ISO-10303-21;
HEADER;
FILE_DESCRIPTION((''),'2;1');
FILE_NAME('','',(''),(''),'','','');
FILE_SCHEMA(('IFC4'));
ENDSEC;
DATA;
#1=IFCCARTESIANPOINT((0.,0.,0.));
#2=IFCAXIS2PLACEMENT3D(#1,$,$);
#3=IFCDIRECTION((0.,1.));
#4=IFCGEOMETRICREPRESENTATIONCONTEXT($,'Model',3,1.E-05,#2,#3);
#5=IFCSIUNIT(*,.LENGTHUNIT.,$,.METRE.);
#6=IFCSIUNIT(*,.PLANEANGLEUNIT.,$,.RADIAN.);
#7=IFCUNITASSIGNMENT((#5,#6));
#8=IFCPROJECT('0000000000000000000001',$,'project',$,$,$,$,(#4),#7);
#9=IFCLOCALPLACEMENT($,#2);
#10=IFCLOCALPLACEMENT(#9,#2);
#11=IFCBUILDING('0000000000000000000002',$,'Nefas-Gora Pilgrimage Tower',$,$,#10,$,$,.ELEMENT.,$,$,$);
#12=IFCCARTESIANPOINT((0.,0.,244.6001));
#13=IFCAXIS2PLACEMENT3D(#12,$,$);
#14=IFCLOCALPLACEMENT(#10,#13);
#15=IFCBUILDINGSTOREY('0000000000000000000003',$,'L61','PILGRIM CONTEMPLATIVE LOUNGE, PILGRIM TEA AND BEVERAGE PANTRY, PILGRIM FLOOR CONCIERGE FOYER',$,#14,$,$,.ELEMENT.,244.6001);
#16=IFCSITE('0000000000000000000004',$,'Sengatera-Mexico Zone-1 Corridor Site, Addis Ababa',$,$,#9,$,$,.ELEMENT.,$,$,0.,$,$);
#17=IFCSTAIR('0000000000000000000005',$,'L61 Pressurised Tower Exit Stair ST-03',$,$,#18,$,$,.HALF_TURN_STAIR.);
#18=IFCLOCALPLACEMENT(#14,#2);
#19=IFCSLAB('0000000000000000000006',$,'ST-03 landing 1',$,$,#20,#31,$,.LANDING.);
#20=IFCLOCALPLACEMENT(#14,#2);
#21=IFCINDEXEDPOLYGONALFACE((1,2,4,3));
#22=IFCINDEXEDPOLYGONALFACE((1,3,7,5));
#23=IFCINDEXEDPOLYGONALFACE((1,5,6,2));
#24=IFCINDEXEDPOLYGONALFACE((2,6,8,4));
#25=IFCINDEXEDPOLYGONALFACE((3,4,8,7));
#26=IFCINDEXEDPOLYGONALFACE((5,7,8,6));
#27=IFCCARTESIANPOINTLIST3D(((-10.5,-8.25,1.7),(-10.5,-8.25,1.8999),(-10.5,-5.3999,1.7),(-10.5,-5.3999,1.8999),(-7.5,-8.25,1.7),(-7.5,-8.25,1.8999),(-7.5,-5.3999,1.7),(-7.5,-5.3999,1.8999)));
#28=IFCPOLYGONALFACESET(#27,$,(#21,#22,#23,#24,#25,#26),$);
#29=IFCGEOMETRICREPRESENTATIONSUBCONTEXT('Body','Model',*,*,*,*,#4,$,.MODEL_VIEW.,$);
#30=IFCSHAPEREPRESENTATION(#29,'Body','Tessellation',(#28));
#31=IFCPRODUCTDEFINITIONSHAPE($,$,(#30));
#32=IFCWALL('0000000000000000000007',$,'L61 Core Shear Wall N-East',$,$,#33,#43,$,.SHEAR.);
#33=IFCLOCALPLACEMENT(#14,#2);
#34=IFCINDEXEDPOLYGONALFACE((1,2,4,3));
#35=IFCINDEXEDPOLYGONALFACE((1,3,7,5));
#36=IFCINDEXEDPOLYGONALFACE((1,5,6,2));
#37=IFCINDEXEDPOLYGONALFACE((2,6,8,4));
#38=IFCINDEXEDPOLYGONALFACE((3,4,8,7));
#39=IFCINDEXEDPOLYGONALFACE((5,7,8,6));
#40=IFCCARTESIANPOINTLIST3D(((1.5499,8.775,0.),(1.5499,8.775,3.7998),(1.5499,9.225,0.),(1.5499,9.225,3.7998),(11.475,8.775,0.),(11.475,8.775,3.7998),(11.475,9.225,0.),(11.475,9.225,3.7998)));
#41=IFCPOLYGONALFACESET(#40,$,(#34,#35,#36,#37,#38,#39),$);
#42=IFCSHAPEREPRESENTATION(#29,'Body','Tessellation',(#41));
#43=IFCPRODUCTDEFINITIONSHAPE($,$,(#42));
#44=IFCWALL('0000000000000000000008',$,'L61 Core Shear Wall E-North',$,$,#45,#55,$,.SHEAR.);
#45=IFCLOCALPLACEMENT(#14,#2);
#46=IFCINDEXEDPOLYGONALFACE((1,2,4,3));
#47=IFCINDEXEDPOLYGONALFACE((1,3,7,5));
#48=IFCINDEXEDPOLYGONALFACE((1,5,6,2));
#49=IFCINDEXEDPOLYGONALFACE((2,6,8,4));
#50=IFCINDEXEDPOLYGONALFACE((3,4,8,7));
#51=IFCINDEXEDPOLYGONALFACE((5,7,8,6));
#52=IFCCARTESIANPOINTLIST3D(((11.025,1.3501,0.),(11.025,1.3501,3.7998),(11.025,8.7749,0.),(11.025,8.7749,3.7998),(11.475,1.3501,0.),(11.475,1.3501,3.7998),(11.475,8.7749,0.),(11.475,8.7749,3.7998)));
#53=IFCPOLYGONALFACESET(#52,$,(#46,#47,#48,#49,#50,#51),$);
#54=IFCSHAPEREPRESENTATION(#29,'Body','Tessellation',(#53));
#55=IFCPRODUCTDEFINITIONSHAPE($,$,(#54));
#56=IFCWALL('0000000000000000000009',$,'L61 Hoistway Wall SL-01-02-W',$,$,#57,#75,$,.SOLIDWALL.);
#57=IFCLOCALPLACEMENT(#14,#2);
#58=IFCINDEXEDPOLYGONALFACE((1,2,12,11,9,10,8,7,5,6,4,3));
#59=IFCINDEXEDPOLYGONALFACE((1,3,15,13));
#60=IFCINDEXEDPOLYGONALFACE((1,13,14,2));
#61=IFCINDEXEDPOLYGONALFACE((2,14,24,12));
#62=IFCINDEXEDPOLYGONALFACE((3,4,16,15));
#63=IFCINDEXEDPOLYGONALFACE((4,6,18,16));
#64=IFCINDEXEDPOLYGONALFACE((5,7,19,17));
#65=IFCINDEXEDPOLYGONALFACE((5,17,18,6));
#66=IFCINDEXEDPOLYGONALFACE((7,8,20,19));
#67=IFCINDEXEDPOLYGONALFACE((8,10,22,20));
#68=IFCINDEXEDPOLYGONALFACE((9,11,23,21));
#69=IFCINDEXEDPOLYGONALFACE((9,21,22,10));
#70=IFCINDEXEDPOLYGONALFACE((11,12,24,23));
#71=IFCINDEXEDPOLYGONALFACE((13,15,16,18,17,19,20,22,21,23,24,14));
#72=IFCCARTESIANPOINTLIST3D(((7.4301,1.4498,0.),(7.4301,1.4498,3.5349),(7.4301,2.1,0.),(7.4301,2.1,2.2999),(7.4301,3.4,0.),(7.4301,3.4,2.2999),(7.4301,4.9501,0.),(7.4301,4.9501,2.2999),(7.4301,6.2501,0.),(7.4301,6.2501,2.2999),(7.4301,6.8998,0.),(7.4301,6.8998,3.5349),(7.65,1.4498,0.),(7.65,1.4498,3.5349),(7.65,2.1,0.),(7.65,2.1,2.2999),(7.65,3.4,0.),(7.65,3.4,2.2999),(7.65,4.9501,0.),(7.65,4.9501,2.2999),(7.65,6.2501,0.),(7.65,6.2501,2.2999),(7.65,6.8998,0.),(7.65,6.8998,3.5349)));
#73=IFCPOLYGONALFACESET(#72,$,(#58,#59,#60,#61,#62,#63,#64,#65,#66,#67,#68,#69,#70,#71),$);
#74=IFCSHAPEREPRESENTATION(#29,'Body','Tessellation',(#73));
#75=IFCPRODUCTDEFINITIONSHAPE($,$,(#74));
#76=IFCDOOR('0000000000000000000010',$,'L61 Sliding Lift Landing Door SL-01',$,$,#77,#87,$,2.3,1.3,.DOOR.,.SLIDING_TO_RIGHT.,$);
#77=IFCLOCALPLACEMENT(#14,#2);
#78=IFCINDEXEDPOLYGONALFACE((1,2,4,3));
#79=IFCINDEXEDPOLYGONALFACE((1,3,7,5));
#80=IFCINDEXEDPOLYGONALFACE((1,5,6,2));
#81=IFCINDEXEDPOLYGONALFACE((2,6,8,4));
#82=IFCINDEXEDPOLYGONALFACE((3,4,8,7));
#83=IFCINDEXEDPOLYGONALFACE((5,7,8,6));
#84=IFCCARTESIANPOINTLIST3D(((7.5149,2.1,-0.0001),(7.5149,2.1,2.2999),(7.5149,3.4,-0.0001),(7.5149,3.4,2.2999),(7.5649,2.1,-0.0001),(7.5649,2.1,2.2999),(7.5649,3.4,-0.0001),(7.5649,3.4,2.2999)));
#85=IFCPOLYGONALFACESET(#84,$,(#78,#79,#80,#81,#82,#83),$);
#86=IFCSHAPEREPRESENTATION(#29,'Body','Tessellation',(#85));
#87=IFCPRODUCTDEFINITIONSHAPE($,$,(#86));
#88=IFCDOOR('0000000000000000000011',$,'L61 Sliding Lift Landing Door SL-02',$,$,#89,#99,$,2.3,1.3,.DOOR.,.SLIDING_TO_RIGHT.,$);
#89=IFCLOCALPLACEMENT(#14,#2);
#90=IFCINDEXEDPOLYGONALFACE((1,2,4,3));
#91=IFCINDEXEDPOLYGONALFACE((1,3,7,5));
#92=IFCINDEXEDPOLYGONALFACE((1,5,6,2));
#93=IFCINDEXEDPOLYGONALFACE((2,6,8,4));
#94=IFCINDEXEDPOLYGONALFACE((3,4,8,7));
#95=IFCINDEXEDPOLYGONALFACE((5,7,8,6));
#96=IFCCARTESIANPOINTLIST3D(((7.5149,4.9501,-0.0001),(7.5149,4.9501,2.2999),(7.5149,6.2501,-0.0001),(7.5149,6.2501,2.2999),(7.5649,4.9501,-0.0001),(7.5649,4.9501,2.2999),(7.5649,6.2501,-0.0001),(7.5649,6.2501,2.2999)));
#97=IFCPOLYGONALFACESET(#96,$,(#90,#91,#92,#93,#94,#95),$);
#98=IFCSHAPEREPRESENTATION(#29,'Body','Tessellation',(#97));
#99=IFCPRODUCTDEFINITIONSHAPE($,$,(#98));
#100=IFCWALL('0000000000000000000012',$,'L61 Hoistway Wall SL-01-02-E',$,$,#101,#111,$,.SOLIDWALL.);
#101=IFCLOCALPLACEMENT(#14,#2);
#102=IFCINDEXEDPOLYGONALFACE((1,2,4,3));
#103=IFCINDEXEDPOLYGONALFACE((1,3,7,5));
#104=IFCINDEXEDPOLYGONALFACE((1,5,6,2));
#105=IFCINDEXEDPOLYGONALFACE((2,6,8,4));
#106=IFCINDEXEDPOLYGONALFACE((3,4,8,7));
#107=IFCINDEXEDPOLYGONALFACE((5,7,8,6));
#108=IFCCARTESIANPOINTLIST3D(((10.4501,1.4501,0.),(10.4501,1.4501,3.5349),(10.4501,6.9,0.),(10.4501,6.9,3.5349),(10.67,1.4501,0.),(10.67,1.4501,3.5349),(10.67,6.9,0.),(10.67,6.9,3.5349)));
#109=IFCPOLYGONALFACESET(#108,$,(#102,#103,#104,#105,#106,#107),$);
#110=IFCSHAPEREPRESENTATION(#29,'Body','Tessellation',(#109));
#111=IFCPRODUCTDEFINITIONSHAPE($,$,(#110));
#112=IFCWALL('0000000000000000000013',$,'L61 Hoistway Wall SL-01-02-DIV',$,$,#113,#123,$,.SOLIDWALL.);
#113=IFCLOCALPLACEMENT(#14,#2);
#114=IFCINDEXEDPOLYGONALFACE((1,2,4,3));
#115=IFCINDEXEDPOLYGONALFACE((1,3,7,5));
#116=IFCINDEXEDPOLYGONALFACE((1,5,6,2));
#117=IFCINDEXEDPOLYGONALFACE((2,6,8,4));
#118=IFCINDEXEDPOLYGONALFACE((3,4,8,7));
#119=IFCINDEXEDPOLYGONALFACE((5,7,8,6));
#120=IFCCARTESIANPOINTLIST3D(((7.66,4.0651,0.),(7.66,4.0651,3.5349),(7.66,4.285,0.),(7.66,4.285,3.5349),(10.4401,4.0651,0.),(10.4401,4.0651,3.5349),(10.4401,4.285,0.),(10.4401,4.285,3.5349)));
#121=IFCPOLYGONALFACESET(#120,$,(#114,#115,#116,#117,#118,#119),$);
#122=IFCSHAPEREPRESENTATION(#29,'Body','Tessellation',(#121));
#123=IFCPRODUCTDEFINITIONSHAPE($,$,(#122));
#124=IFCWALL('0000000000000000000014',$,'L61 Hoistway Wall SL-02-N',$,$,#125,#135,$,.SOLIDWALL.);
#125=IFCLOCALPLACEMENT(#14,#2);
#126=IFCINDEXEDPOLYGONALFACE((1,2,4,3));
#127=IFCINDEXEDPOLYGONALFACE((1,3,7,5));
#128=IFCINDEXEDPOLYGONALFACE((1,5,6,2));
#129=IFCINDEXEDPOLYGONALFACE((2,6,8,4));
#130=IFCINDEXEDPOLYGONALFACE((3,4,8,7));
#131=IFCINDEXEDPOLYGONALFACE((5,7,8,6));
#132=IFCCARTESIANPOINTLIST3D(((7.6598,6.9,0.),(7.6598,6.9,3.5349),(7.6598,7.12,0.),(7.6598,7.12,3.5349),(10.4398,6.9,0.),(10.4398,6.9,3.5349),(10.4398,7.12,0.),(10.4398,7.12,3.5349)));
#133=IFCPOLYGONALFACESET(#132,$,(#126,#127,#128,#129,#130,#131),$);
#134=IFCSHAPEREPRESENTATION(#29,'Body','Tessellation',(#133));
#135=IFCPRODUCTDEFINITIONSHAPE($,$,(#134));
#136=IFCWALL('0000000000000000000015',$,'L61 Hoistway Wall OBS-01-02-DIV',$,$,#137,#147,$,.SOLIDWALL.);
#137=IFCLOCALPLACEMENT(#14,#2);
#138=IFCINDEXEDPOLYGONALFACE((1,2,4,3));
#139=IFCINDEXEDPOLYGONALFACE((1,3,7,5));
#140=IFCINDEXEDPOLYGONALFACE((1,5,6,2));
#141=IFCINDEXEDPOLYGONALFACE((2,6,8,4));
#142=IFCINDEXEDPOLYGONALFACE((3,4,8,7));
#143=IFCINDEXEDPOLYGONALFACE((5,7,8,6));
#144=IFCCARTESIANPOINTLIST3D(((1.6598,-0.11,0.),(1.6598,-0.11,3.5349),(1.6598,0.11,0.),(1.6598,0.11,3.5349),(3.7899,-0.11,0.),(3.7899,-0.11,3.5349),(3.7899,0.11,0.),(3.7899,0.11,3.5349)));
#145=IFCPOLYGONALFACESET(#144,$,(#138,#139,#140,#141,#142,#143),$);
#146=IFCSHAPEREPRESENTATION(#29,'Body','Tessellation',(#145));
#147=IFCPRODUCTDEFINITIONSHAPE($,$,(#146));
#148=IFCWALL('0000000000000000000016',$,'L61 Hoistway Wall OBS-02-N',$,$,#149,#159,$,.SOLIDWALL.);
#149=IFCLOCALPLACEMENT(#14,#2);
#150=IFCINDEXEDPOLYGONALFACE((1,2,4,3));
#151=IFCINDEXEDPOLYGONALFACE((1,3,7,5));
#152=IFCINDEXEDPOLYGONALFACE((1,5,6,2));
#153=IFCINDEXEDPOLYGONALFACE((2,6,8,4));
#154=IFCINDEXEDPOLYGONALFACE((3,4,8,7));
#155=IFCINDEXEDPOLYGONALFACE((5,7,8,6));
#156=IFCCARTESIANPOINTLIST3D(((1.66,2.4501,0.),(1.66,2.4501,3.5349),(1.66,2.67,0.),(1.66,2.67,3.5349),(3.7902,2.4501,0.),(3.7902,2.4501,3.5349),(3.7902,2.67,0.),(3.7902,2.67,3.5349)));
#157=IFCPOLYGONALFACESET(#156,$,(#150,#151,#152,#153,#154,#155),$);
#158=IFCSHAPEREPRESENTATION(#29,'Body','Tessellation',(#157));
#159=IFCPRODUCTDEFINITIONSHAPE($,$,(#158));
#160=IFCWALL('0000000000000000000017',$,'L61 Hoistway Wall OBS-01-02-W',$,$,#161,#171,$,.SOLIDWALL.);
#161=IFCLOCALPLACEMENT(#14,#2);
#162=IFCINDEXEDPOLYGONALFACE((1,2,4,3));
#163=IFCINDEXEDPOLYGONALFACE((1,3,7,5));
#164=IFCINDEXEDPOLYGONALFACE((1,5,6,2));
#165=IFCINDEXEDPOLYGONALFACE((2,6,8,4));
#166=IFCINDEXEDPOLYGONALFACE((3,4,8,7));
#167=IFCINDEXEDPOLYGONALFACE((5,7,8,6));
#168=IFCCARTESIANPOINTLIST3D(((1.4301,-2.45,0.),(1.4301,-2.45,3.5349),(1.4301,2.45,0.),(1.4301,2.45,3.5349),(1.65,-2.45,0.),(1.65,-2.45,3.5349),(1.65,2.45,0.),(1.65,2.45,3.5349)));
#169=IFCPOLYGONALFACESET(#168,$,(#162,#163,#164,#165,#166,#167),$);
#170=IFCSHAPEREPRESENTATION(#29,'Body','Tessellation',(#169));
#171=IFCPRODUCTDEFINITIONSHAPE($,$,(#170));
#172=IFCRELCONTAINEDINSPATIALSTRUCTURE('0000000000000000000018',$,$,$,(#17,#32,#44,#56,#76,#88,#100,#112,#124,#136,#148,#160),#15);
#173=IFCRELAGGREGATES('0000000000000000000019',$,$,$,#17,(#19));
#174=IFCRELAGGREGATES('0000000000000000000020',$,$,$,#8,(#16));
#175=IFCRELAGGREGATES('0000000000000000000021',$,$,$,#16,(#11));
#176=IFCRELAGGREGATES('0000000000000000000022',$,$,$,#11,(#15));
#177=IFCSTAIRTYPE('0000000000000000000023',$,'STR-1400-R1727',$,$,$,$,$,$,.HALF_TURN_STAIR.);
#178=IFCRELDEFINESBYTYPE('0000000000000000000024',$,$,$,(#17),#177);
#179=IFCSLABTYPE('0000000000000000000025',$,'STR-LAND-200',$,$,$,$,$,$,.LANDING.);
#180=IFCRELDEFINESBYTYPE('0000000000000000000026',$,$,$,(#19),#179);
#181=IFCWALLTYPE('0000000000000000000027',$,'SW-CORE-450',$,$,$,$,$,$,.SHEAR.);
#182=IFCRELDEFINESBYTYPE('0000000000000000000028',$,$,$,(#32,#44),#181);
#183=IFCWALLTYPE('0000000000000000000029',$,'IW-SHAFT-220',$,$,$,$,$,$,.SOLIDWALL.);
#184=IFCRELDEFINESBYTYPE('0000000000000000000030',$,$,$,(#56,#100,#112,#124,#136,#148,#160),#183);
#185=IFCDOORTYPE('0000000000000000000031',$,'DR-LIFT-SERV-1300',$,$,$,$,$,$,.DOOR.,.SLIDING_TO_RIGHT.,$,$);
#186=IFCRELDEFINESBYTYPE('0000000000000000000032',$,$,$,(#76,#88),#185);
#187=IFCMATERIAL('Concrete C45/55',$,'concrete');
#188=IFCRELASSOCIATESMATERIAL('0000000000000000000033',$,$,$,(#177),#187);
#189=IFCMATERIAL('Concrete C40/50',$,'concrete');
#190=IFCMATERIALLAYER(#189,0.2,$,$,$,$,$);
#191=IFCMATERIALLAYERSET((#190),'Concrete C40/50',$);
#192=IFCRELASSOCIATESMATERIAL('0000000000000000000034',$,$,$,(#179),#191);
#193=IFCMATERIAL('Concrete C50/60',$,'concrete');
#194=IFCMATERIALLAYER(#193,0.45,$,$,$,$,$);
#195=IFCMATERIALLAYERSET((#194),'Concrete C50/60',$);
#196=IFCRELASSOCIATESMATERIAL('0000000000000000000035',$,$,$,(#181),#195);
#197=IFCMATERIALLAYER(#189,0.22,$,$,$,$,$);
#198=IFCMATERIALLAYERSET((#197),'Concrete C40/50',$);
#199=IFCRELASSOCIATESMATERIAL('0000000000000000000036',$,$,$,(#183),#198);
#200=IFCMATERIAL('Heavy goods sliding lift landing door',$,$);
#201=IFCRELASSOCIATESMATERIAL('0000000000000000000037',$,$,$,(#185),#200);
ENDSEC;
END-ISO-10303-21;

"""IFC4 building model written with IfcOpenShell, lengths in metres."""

from ifc_helpers import new_model, si_unit, direction, frame, frame_2d, origin, place, context, subcontext, project, spatial, polyline, rectangle, outline, extrude, source, transform, mapped, material, layer, layer_set, type_object, element, fill, aggregate, save


model = new_model("IFC4")

# Units and contexts
model_context = context("Model", 3, precision=1e-05, world=origin(), true_north=direction((0.0, 1.0)))
body_context = subcontext(model_context, "Body", "Model", "MODEL_VIEW")
ifc_project = project(units=[si_unit("LENGTHUNIT", "METRE"), si_unit("PLANEANGLEUNIT", "RADIAN")], contexts=[model_context])

# Site, building, storey
site_placement = place(None, origin())
site = spatial("IfcSite", under=ifc_project, at=site_placement, Name="Sengatera-Mexico Zone-1 Corridor Site, Addis Ababa", CompositionType="ELEMENT", RefElevation=0.0)
building_placement = place(site_placement, origin())
building = spatial("IfcBuilding", under=site, at=building_placement, Name="Nefas-Gora Pilgrimage Tower", CompositionType="ELEMENT")
storey_placement = place(building_placement, frame((0.0, 0.0, 244.6001)))
storey = spatial("IfcBuildingStorey", under=building, at=storey_placement, Name="L61", Description="PILGRIM CONTEMPLATIVE LOUNGE, PILGRIM TEA AND BEVERAGE PANTRY, PILGRIM FLOOR CONCIERGE FOYER", CompositionType="ELEMENT", Elevation=244.6001)

# Stair, slab
ifc_material_1 = material(Name="Concrete C45/55", Category="concrete")
stair_type = type_object("IfcStairType", Name="STR-1400-R1727", PredefinedType="HALF_TURN_STAIR", material=ifc_material_1)
ifc_material_2 = material(Name="Concrete C40/50", Category="concrete")
ifc_layer_1 = layer(ifc_material_2, 0.2)
ifc_layer_set_1 = layer_set([ifc_layer_1], Name="Concrete C40/50")
slab_type = type_object("IfcSlabType", Name="STR-LAND-200", PredefinedType="LANDING", material=ifc_layer_set_1)
stair_1_placement = place(storey_placement, origin())
stair_1 = element("IfcStair", 1, at=stair_1_placement, inside=storey, type_object=stair_type, Name="L61 Pressurised Tower Exit Stair ST-03", PredefinedType="HALF_TURN_STAIR")
slab_1_placement = place(storey_placement, frame((0.0, 0.0, 1.7)))
slab_1 = element("IfcSlab", 2, at=slab_1_placement, type_object=slab_type, Name="ST-03 landing 1", PredefinedType="LANDING", context=body_context, shape_type="SweptSolid", body=[
    extrude(outline(polyline([(-10.5, -5.3999), (-10.5, -8.25), (-7.5, -8.25), (-7.5, -5.3999), (-10.5, -5.3999)])), origin(), (0.0, 0.0, 1.0), 0.2),
])
aggregate(stair_1, [slab_1])

# Walls
ifc_material_3 = material(Name="Concrete C50/60", Category="concrete")
ifc_layer_2 = layer(ifc_material_3, 0.45)
ifc_layer_set_2 = layer_set([ifc_layer_2], Name="Concrete C50/60")
wall_type_1 = type_object("IfcWallType", Name="SW-CORE-450", PredefinedType="SHEAR", material=ifc_layer_set_2)
shared_shape_1 = source(origin(), body_context, "Body", "SweptSolid", [
    extrude(rectangle(XDim=9.925, YDim=0.45, at=frame_2d((4.9624, 0.0))), origin(), (0.0, 0.0, 1.0), 3.7998),
])
wall_1_placement = place(storey_placement, frame((1.55, 9.0, 0.0), z_axis=(0.0, 0.0, 1.0), x_axis=(1.0, 0.0, 0.0)))
element("IfcWall", 3, at=wall_1_placement, inside=storey, type_object=wall_type_1, Name="L61 Core Shear Wall N-East", PredefinedType="SHEAR", context=body_context, shape_type="MappedRepresentation", body=[
    mapped(shared_shape_1, transform((0.0, 0.0, 0.0), x_axis=(1.0, 0.0, 0.0), y_axis=(0.0, 1.0, 0.0), z_axis=(0.0, 0.0, 1.0), scale=1.0)),
])
shared_shape_2 = source(origin(), body_context, "Body", "SweptSolid", [
    extrude(rectangle(XDim=7.4248, YDim=0.45, at=frame_2d((3.7124, 0.0))), origin(), (0.0, 0.0, 1.0), 3.7998),
])
wall_2_placement = place(storey_placement, frame((11.25, 1.3501, 0.0), z_axis=(0.0, 0.0, 1.0), x_axis=(0.0, 1.0, 0.0)))
element("IfcWall", 4, at=wall_2_placement, inside=storey, type_object=wall_type_1, Name="L61 Core Shear Wall E-North", PredefinedType="SHEAR", context=body_context, shape_type="MappedRepresentation", body=[
    mapped(shared_shape_2, transform((0.0, 0.0, 0.0), x_axis=(1.0, 0.0, 0.0), y_axis=(0.0, 1.0, 0.0), z_axis=(0.0, 0.0, 1.0), scale=1.0)),
])

# Wall, openings, doors
ifc_layer_3 = layer(ifc_material_2, 0.22)
ifc_layer_set_3 = layer_set([ifc_layer_3], Name="Concrete C40/50")
wall_type_2 = type_object("IfcWallType", Name="IW-SHAFT-220", PredefinedType="SOLIDWALL", material=ifc_layer_set_3)
shared_shape_3 = source(origin(), body_context, "Body", "SweptSolid", [
    extrude(rectangle(XDim=5.45, YDim=0.22, at=frame_2d((2.7251, 0.0))), origin(), (0.0, 0.0, 1.0), 3.5349),
])
wall_3_placement = place(storey_placement, frame((7.54, 6.8999, 0.0), z_axis=(0.0, 0.0, 1.0), x_axis=(0.0, -1.0, 0.0)))
wall_3 = element("IfcWall", 5, at=wall_3_placement, inside=storey, type_object=wall_type_2, Name="L61 Hoistway Wall SL-01-02-W", PredefinedType="SOLIDWALL", context=body_context, shape_type="MappedRepresentation", body=[
    mapped(shared_shape_3, transform((0.0, 0.0, 0.0), x_axis=(1.0, 0.0, 0.0), y_axis=(0.0, 1.0, 0.0), z_axis=(0.0, 0.0, 1.0), scale=1.0)),
])
opening_1_placement = place(wall_3_placement, frame((3.5, 0.0, 0.0)))
opening_1 = element("IfcOpeningElement", 6, at=opening_1_placement, cuts=wall_3, PredefinedType="OPENING", context=body_context, shape_type="SweptSolid", body=[
    extrude(rectangle(XDim=1.3, YDim=2.3, at=frame_2d((0.6499, 1.1499))), frame((0.0, 0.1199, 0.0), z_axis=(0.0, -1.0, 0.0), x_axis=(1.0, 0.0, 0.0)), (0.0, 0.0, 1.0), 0.24),
])
opening_2_placement = place(wall_3_placement, frame((0.6499, 0.0, 0.0)))
opening_2 = element("IfcOpeningElement", 7, at=opening_2_placement, cuts=wall_3, PredefinedType="OPENING", context=body_context, shape_type="SweptSolid", body=[
    extrude(rectangle(XDim=1.3, YDim=2.3, at=frame_2d((0.6499, 1.1499))), frame((0.0, 0.1199, 0.0), z_axis=(0.0, -1.0, 0.0), x_axis=(1.0, 0.0, 0.0)), (0.0, 0.0, 1.0), 0.24),
])
ifc_material_4 = material(Name="Heavy goods sliding lift landing door")
door_type_1 = type_object("IfcDoorType", Name="DR-LIFT-SERV-1300", OperationType="SLIDING_TO_RIGHT", PredefinedType="DOOR", material=ifc_material_4)
shared_shape_4 = source(origin(), body_context, "Body", "SweptSolid", [
    extrude(rectangle(XDim=1.3, YDim=2.3, at=frame_2d((0.6499, 1.1499))), frame((0.0, 0.0249, 0.0), z_axis=(0.0, -1.0, 0.0), x_axis=(1.0, 0.0, 0.0)), (0.0, 0.0, 1.0), 0.05),
])
door_1_placement = place(opening_1_placement, origin())
door_1 = element("IfcDoor", 8, at=door_1_placement, inside=storey, type_object=door_type_1, Name="L61 Sliding Lift Landing Door SL-01", OperationType="SLIDING_TO_RIGHT", OverallHeight=2.3, OverallWidth=1.3, PredefinedType="DOOR", context=body_context, shape_type="MappedRepresentation", body=[
    mapped(shared_shape_4, transform((0.0, 0.0, 0.0), x_axis=(1.0, 0.0, 0.0), y_axis=(0.0, 1.0, 0.0), z_axis=(0.0, 0.0, 1.0), scale=1.0)),
])
fill(opening_1, door_1)
door_2_placement = place(opening_2_placement, origin())
door_2 = element("IfcDoor", 9, at=door_2_placement, inside=storey, type_object=door_type_1, Name="L61 Sliding Lift Landing Door SL-02", OperationType="SLIDING_TO_RIGHT", OverallHeight=2.3, OverallWidth=1.3, PredefinedType="DOOR", context=body_context, shape_type="MappedRepresentation", body=[
    mapped(shared_shape_4, transform((0.0, 0.0, 0.0), x_axis=(1.0, 0.0, 0.0), y_axis=(0.0, 1.0, 0.0), z_axis=(0.0, 0.0, 1.0), scale=1.0)),
])
fill(opening_2, door_2)

# Walls
wall_4_placement = place(storey_placement, frame((10.5601, 1.45, 0.0), z_axis=(0.0, 0.0, 1.0), x_axis=(0.0, 1.0, 0.0)))
element("IfcWall", 10, at=wall_4_placement, inside=storey, type_object=wall_type_2, Name="L61 Hoistway Wall SL-01-02-E", PredefinedType="SOLIDWALL", context=body_context, shape_type="MappedRepresentation", body=[
    mapped(shared_shape_3, transform((0.0, 0.0, 0.0), x_axis=(1.0, 0.0, 0.0), y_axis=(0.0, 1.0, 0.0), z_axis=(0.0, 0.0, 1.0), scale=1.0)),
])
shared_shape_5 = source(origin(), body_context, "Body", "SweptSolid", [
    extrude(rectangle(XDim=2.78, YDim=0.22, at=frame_2d((1.3901, 0.0))), origin(), (0.0, 0.0, 1.0), 3.5349),
])
for number, where, z_axis, x_axis, name in (
    (11, (7.6599, 4.175, 0.0), (0.0, 0.0, 1.0), (1.0, 0.0, 0.0), "L61 Hoistway Wall SL-01-02-DIV"),
    (12, (10.4399, 7.01, 0.0), (0.0, 0.0, 1.0), (-1.0, 0.0, 0.0), "L61 Hoistway Wall SL-02-N"),
):
    element("IfcWall", number, at=place(storey_placement, frame(where, z_axis=z_axis, x_axis=x_axis)), inside=storey, type_object=wall_type_2, Name=name, PredefinedType="SOLIDWALL", context=body_context, shape_type="MappedRepresentation", body=[
        mapped(shared_shape_5, transform((0.0, 0.0, 0.0), x_axis=(1.0, 0.0, 0.0), y_axis=(0.0, 1.0, 0.0), z_axis=(0.0, 0.0, 1.0), scale=1.0)),
    ])
shared_shape_6 = source(origin(), body_context, "Body", "SweptSolid", [
    extrude(rectangle(XDim=2.1301, YDim=0.22, at=frame_2d((1.0649, 0.0))), origin(), (0.0, 0.0, 1.0), 3.5349),
])
for number, where, z_axis, x_axis, name in (
    (13, (1.6599, 0.0, 0.0), (0.0, 0.0, 1.0), (1.0, 0.0, 0.0), "L61 Hoistway Wall OBS-01-02-DIV"),
    (14, (3.79, 2.5601, 0.0), (0.0, 0.0, 1.0), (-1.0, 0.0, 0.0), "L61 Hoistway Wall OBS-02-N"),
):
    element("IfcWall", number, at=place(storey_placement, frame(where, z_axis=z_axis, x_axis=x_axis)), inside=storey, type_object=wall_type_2, Name=name, PredefinedType="SOLIDWALL", context=body_context, shape_type="MappedRepresentation", body=[
        mapped(shared_shape_6, transform((0.0, 0.0, 0.0), x_axis=(1.0, 0.0, 0.0), y_axis=(0.0, 1.0, 0.0), z_axis=(0.0, 0.0, 1.0), scale=1.0)),
    ])
shared_shape_7 = source(origin(), body_context, "Body", "SweptSolid", [
    extrude(rectangle(XDim=4.8999, YDim=0.22, at=frame_2d((2.45, 0.0))), origin(), (0.0, 0.0, 1.0), 3.5349),
])
wall_5_placement = place(storey_placement, frame((1.54, 2.45, 0.0), z_axis=(0.0, 0.0, 1.0), x_axis=(0.0, -1.0, 0.0)))
element("IfcWall", 15, at=wall_5_placement, inside=storey, type_object=wall_type_2, Name="L61 Hoistway Wall OBS-01-02-W", PredefinedType="SOLIDWALL", context=body_context, shape_type="MappedRepresentation", body=[
    mapped(shared_shape_7, transform((0.0, 0.0, 0.0), x_axis=(1.0, 0.0, 0.0), y_axis=(0.0, 1.0, 0.0), z_axis=(0.0, 0.0, 1.0), scale=1.0)),
])

save(model, "model.ifc")
